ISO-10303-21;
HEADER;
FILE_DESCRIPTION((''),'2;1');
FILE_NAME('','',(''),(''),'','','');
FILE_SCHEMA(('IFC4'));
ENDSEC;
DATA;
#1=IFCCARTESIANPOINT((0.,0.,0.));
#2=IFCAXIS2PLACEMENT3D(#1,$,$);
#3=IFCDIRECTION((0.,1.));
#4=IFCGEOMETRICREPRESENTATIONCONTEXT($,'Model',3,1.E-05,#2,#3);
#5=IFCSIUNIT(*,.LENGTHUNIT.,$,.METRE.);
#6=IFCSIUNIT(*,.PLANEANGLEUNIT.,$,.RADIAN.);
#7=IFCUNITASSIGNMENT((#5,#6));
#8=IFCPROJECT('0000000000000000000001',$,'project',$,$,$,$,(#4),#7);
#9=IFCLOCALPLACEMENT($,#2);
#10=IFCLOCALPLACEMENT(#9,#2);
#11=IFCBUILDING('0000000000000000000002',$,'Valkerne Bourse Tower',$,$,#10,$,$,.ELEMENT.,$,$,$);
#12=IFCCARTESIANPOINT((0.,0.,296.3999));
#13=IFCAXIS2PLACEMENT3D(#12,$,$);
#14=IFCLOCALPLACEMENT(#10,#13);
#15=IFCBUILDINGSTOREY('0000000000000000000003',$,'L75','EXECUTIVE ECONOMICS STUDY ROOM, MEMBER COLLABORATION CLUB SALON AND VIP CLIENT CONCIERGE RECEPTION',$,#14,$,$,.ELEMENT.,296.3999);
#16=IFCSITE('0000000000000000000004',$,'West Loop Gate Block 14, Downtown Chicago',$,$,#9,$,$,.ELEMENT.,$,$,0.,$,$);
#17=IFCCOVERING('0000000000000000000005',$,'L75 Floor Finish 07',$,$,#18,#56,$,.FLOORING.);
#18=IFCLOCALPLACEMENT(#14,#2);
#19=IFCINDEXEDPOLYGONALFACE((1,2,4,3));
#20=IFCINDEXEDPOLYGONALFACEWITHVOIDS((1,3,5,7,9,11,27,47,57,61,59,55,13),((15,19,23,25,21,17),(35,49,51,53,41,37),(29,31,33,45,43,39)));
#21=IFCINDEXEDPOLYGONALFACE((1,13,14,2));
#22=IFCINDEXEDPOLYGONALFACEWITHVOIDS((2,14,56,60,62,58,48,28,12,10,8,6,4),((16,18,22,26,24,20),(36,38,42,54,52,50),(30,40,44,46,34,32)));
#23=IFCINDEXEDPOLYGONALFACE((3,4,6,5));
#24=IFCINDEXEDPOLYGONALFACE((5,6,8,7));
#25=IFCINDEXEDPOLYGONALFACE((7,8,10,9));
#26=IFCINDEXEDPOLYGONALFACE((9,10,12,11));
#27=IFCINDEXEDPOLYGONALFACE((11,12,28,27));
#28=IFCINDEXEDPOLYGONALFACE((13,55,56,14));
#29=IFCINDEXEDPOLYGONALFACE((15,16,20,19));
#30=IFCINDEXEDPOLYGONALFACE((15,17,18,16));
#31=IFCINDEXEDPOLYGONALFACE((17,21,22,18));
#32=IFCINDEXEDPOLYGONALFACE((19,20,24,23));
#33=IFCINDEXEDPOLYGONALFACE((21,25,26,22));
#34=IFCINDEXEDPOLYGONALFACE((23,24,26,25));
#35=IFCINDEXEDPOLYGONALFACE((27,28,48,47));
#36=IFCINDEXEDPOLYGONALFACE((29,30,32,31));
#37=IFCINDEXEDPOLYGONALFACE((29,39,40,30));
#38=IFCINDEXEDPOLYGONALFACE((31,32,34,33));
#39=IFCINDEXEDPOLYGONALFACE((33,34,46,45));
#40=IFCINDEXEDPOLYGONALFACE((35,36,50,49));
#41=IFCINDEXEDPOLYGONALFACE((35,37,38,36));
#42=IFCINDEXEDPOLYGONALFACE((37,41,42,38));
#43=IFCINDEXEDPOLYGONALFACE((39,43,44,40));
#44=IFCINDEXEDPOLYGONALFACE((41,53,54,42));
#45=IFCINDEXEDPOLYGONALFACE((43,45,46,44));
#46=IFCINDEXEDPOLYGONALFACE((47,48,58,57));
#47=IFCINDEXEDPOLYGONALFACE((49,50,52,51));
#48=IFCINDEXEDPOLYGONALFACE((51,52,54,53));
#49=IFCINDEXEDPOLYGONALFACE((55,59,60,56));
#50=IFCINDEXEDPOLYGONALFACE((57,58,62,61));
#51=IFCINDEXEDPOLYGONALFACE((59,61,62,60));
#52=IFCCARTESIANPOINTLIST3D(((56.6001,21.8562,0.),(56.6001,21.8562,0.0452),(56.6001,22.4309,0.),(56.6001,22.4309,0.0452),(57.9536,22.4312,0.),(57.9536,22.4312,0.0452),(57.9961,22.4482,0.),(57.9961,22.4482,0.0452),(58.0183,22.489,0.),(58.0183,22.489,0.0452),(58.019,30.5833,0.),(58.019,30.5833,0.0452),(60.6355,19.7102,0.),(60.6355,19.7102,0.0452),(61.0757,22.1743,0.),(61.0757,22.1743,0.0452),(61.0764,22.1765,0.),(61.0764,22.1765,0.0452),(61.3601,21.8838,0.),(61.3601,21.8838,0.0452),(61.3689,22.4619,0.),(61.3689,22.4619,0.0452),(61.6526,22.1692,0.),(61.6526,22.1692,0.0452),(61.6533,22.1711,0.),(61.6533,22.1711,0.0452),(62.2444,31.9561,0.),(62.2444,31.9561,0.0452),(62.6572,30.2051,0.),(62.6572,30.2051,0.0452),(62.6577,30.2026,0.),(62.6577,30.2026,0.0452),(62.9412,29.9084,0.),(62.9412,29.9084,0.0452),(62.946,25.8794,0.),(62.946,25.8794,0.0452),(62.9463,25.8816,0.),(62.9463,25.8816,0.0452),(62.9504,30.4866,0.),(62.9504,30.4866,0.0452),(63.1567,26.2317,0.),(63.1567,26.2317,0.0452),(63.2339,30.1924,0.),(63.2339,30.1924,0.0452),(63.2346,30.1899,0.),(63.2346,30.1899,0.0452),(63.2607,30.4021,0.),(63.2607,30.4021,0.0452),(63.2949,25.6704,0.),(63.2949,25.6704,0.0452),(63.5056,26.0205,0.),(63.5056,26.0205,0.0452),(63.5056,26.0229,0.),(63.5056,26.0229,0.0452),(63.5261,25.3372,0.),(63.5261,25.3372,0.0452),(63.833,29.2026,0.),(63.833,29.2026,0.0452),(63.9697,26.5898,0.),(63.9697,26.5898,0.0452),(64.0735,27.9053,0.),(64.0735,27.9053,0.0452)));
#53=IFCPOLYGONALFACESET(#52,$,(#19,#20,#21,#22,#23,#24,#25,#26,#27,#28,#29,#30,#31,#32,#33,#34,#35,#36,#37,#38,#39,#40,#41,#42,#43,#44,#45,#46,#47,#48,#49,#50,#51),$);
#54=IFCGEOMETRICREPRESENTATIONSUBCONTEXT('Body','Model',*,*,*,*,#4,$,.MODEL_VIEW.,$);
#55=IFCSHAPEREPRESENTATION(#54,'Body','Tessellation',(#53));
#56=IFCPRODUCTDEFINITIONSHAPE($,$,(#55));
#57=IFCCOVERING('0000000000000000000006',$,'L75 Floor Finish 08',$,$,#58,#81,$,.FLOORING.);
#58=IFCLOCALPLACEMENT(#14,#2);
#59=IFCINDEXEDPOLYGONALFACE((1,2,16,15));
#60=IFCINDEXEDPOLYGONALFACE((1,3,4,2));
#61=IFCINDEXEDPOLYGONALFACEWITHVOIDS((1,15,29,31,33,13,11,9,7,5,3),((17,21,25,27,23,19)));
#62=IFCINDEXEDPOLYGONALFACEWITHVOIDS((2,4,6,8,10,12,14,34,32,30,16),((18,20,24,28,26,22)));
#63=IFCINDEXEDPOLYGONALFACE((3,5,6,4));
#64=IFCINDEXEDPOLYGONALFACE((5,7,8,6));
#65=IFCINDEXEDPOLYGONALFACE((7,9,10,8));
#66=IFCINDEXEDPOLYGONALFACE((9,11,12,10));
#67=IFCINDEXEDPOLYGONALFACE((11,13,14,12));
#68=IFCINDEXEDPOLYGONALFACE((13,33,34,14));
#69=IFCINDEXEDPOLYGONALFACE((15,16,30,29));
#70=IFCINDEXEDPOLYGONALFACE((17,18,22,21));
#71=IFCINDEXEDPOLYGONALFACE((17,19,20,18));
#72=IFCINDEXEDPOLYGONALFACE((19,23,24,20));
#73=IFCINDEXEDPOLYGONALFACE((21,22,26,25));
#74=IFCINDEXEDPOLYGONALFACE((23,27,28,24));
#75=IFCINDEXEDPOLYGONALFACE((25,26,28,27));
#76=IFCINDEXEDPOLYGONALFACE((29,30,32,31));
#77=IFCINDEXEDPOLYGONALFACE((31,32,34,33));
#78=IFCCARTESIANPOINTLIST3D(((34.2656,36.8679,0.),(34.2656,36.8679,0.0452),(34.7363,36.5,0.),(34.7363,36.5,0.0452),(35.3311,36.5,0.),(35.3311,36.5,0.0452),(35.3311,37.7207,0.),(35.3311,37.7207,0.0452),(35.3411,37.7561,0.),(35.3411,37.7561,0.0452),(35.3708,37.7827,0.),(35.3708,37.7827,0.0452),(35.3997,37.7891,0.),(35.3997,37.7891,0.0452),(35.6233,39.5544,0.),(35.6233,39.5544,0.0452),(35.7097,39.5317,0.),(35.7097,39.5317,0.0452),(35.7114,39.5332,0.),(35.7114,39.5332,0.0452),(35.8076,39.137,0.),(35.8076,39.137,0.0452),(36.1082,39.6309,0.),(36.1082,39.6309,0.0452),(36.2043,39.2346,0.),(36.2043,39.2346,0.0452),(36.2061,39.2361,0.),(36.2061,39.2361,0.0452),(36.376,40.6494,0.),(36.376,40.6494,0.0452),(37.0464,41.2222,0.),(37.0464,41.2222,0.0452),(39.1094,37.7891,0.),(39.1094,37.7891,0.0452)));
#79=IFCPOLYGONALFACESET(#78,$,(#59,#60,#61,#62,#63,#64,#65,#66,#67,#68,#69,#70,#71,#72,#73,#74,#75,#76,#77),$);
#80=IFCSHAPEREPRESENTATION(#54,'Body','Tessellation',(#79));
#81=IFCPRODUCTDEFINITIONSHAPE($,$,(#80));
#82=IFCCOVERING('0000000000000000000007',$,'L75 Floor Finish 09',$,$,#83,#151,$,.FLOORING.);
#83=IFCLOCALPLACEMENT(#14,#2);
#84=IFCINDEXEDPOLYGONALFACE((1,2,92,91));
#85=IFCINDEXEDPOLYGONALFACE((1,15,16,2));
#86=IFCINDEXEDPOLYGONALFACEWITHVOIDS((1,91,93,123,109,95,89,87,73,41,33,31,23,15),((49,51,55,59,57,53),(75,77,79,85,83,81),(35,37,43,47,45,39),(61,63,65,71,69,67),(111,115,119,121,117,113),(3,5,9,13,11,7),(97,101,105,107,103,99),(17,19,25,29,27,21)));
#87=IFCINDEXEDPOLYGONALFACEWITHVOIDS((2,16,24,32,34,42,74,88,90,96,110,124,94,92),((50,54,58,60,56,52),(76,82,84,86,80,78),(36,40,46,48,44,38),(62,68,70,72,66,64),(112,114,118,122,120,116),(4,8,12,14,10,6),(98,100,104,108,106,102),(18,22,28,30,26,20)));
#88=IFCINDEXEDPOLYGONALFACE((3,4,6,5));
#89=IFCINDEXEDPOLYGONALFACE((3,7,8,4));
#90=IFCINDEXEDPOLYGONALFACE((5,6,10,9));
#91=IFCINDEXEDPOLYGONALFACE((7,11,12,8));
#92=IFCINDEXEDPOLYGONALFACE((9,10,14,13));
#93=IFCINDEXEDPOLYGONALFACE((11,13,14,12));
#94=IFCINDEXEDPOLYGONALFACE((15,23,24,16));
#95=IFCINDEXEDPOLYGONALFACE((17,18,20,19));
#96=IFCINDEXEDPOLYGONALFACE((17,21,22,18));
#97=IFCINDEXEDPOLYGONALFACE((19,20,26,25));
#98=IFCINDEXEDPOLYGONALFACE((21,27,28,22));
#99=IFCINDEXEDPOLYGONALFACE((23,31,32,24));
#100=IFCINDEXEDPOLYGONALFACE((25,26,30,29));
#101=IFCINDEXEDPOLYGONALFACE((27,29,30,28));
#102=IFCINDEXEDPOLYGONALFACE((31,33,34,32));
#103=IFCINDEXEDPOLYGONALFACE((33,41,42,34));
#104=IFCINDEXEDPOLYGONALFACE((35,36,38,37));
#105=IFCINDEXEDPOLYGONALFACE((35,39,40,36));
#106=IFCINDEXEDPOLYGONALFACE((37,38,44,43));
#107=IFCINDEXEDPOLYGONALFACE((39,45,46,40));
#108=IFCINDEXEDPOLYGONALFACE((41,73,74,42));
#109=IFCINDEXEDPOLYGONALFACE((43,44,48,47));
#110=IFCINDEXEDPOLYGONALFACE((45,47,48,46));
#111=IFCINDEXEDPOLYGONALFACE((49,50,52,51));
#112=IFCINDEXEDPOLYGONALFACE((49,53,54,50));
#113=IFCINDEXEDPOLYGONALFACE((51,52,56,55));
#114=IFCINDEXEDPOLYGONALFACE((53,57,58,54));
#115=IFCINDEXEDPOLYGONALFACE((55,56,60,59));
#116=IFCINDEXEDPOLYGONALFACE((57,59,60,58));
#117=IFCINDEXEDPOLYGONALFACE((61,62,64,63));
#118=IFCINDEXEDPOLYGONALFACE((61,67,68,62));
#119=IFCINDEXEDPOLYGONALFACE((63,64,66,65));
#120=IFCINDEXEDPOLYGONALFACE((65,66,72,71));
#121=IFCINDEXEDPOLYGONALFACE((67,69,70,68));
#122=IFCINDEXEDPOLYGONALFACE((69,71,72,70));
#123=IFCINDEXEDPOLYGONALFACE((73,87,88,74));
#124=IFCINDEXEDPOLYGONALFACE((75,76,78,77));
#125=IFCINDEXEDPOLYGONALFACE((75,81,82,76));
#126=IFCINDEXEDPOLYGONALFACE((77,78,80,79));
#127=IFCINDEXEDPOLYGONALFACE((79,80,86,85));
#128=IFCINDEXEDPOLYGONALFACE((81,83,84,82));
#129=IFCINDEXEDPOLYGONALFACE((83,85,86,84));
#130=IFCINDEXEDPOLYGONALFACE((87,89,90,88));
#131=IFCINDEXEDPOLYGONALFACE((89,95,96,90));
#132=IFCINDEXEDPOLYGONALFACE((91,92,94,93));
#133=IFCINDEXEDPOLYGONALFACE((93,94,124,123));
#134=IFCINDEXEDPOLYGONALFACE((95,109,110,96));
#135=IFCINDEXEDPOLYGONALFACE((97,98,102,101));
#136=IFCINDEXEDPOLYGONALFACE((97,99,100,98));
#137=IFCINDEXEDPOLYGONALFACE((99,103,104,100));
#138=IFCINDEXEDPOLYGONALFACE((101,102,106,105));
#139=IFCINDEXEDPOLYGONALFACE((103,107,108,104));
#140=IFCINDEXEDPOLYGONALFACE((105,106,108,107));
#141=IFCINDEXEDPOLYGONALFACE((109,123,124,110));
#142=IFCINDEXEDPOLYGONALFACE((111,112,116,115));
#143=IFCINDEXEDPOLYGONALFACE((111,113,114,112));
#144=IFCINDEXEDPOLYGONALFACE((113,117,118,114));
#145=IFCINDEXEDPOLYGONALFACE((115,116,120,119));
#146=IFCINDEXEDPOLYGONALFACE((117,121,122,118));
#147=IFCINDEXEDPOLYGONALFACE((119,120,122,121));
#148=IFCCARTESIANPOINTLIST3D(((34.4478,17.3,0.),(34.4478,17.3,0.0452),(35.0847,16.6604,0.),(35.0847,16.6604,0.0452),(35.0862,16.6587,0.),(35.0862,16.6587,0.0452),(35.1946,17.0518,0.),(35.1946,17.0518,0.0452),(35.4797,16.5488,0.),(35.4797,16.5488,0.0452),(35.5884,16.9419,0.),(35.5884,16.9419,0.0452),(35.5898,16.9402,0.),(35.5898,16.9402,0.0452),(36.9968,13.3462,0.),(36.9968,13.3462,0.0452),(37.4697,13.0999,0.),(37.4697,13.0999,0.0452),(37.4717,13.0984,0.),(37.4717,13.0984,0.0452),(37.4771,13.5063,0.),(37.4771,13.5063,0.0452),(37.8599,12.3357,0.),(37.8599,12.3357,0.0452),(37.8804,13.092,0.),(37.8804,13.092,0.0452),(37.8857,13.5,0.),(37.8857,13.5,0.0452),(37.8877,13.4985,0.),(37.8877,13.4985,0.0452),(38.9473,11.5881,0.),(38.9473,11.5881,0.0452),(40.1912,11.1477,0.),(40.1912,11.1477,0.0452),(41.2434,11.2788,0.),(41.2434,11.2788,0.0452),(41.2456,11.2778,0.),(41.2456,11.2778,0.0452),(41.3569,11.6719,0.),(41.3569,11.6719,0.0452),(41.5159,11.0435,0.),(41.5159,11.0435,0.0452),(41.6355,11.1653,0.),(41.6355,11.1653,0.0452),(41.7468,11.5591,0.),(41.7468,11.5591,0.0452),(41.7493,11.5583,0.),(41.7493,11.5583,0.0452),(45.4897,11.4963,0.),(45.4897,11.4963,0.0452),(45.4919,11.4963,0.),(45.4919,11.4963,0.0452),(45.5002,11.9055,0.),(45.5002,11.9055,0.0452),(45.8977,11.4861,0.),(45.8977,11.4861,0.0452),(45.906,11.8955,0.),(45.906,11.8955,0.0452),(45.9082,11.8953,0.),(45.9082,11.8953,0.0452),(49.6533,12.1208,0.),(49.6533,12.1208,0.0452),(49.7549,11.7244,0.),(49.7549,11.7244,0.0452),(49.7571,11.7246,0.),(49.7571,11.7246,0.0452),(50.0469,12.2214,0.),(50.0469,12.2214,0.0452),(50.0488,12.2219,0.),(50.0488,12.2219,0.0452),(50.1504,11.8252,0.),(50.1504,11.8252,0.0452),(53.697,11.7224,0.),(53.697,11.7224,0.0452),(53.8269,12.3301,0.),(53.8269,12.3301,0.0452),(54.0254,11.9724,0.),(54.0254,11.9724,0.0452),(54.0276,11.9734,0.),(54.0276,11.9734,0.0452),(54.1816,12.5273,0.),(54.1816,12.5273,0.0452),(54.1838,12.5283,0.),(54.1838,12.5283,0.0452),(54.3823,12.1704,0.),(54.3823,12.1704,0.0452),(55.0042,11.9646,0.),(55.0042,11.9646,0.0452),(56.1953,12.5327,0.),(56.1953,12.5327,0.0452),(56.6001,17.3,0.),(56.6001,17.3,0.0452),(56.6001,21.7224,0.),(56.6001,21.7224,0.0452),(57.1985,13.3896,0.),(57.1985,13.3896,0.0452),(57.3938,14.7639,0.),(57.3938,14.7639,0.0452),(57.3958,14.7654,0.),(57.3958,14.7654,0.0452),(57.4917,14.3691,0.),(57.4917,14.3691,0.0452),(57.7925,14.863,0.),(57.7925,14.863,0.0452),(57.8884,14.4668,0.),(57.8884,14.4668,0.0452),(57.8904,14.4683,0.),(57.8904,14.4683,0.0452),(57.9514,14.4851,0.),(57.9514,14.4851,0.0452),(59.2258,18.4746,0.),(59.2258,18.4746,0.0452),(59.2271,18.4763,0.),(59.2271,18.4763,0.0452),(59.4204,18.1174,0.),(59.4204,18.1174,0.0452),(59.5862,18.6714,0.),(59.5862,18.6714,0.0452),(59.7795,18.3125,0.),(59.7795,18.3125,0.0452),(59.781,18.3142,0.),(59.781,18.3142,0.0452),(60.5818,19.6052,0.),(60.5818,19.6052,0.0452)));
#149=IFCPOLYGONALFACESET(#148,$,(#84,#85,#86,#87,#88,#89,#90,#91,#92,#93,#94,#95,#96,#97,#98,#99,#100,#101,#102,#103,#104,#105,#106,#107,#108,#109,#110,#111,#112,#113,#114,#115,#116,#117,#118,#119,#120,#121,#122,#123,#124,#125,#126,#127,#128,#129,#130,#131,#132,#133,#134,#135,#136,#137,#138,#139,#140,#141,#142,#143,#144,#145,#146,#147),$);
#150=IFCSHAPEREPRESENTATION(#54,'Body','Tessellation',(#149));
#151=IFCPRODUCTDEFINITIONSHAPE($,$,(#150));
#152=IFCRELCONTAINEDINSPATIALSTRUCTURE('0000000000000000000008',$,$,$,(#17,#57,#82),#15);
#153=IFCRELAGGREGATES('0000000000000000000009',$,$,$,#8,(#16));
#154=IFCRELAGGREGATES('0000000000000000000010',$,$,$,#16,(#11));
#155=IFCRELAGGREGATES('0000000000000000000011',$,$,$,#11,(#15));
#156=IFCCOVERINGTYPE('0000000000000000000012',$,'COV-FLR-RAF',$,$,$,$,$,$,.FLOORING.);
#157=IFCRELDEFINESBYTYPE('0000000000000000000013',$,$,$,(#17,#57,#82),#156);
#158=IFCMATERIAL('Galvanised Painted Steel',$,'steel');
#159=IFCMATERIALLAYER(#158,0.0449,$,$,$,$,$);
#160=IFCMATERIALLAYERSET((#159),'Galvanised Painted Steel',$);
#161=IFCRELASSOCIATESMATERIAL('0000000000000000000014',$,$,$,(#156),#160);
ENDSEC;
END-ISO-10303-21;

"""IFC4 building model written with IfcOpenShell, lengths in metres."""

from ifc_helpers import new_model, si_unit, direction, frame, origin, place, context, subcontext, project, spatial, polyline, outline, extrude, material, layer, layer_set, type_object, element, save


model = new_model("IFC4")

# Units and contexts
model_context = context("Model", 3, precision=1e-05, world=origin(), true_north=direction((0.0, 1.0)))
body_context = subcontext(model_context, "Body", "Model", "MODEL_VIEW")
ifc_project = project(units=[si_unit("LENGTHUNIT", "METRE"), si_unit("PLANEANGLEUNIT", "RADIAN")], contexts=[model_context])

# Site, building, storey
site_placement = place(None, origin())
site = spatial("IfcSite", under=ifc_project, at=site_placement, Name="West Loop Gate Block 14, Downtown Chicago", CompositionType="ELEMENT", RefElevation=0.0)
building_placement = place(site_placement, origin())
building = spatial("IfcBuilding", under=site, at=building_placement, Name="Valkerne Bourse Tower", CompositionType="ELEMENT")
storey_placement = place(building_placement, frame((0.0, 0.0, 296.3999)))
storey = spatial("IfcBuildingStorey", under=building, at=storey_placement, Name="L75", Description="EXECUTIVE ECONOMICS STUDY ROOM, MEMBER COLLABORATION CLUB SALON AND VIP CLIENT CONCIERGE RECEPTION", CompositionType="ELEMENT", Elevation=296.3999)

# Coverings
ifc_material_1 = material(Name="Galvanised Painted Steel", Category="steel")
ifc_layer_1 = layer(ifc_material_1, 0.0449)
ifc_layer_set_1 = layer_set([ifc_layer_1], Name="Galvanised Painted Steel")
covering_type_1 = type_object("IfcCoveringType", Name="COV-FLR-RAF", PredefinedType="FLOORING", material=ifc_layer_set_1)
covering_1_placement = place(storey_placement, origin())
element("IfcCovering", 1, at=covering_1_placement, inside=storey, type_object=covering_type_1, Name="L75 Floor Finish 07", PredefinedType="FLOORING", context=body_context, shape_type="SweptSolid", body=[
    extrude(outline(polyline([(63.9697, 26.5898), (63.5261, 25.3372), (60.6355, 19.7102), (56.6001, 21.8562), (56.6001, 22.4309), (57.9536, 22.4312), (57.9961, 22.4482), (58.0183, 22.489), (58.019, 30.5833), (62.2444, 31.9561), (63.2607, 30.4021), (63.833, 29.2026), (64.0735, 27.9053), (63.9697, 26.5898)]), holes=[polyline([(61.6533, 22.1711), (61.3689, 22.4619), (61.0764, 22.1765), (61.0757, 22.1743), (61.3601, 21.8838), (61.6526, 22.1692), (61.6533, 22.1711)]), polyline([(63.5056, 26.0205), (63.5056, 26.0229), (63.1567, 26.2317), (62.9463, 25.8816), (62.946, 25.8794), (63.2949, 25.6704), (63.5056, 26.0205)]), polyline([(63.2339, 30.1924), (62.9504, 30.4866), (62.6572, 30.2051), (62.6577, 30.2026), (62.9412, 29.9084), (63.2346, 30.1899), (63.2339, 30.1924)])]), origin(), (0.0, 0.0, 1.0), 0.0452),
])
covering_2_placement = place(storey_placement, origin())
element("IfcCovering", 2, at=covering_2_placement, inside=storey, type_object=covering_type_1, Name="L75 Floor Finish 08", PredefinedType="FLOORING", context=body_context, shape_type="SweptSolid", body=[
    extrude(outline(polyline([(37.0464, 41.2222), (39.1094, 37.7891), (35.3997, 37.7891), (35.3708, 37.7827), (35.3411, 37.7561), (35.3311, 37.7207), (35.3311, 36.5), (34.7363, 36.5), (34.2656, 36.8679), (35.6233, 39.5544), (36.376, 40.6494), (37.0464, 41.2222)]), holes=[polyline([(36.2043, 39.2346), (36.2061, 39.2361), (36.1082, 39.6309), (35.7114, 39.5332), (35.7097, 39.5317), (35.8076, 39.137), (36.2043, 39.2346)])]), origin(), (0.0, 0.0, 1.0), 0.0452),
])
covering_3_placement = place(storey_placement, origin())
element("IfcCovering", 3, at=covering_3_placement, inside=storey, type_object=covering_type_1, Name="L75 Floor Finish 09", PredefinedType="FLOORING", context=body_context, shape_type="SweptSolid", body=[
    extrude(outline(polyline([(56.1953, 12.5327), (55.0042, 11.9646), (53.697, 11.7224), (41.5159, 11.0435), (40.1912, 11.1477), (38.9473, 11.5881), (37.8599, 12.3357), (36.9968, 13.3462), (34.4478, 17.3), (56.6001, 17.3), (56.6001, 21.7224), (60.5818, 19.6052), (57.9514, 14.4851), (57.1985, 13.3896), (56.1953, 12.5327)]), holes=[polyline([(41.7468, 11.5591), (41.3569, 11.6719), (41.2434, 11.2788), (41.2456, 11.2778), (41.6355, 11.1653), (41.7493, 11.5583), (41.7468, 11.5591)]), polyline([(45.906, 11.8955), (45.5002, 11.9055), (45.4897, 11.4963), (45.4919, 11.4963), (45.8977, 11.4861), (45.9082, 11.8953), (45.906, 11.8955)]), polyline([(37.8857, 13.5), (37.4771, 13.5063), (37.4697, 13.0999), (37.4717, 13.0984), (37.8804, 13.092), (37.8877, 13.4985), (37.8857, 13.5)]), polyline([(35.5884, 16.9419), (35.1946, 17.0518), (35.0847, 16.6604), (35.0862, 16.6587), (35.4797, 16.5488), (35.5898, 16.9402), (35.5884, 16.9419)]), polyline([(50.1504, 11.8252), (50.0488, 12.2219), (50.0469, 12.2214), (49.6533, 12.1208), (49.7549, 11.7244), (49.7571, 11.7246), (50.1504, 11.8252)]), polyline([(54.3823, 12.1704), (54.1838, 12.5283), (54.1816, 12.5273), (53.8269, 12.3301), (54.0254, 11.9724), (54.0276, 11.9734), (54.3823, 12.1704)]), polyline([(57.8904, 14.4683), (57.7925, 14.863), (57.3958, 14.7654), (57.3938, 14.7639), (57.4917, 14.3691), (57.8884, 14.4668), (57.8904, 14.4683)]), polyline([(59.781, 18.3142), (59.5862, 18.6714), (59.2271, 18.4763), (59.2258, 18.4746), (59.4204, 18.1174), (59.7795, 18.3125), (59.781, 18.3142)])]), origin(), (0.0, 0.0, 1.0), 0.0452),
])

save(model, "model.ifc")
